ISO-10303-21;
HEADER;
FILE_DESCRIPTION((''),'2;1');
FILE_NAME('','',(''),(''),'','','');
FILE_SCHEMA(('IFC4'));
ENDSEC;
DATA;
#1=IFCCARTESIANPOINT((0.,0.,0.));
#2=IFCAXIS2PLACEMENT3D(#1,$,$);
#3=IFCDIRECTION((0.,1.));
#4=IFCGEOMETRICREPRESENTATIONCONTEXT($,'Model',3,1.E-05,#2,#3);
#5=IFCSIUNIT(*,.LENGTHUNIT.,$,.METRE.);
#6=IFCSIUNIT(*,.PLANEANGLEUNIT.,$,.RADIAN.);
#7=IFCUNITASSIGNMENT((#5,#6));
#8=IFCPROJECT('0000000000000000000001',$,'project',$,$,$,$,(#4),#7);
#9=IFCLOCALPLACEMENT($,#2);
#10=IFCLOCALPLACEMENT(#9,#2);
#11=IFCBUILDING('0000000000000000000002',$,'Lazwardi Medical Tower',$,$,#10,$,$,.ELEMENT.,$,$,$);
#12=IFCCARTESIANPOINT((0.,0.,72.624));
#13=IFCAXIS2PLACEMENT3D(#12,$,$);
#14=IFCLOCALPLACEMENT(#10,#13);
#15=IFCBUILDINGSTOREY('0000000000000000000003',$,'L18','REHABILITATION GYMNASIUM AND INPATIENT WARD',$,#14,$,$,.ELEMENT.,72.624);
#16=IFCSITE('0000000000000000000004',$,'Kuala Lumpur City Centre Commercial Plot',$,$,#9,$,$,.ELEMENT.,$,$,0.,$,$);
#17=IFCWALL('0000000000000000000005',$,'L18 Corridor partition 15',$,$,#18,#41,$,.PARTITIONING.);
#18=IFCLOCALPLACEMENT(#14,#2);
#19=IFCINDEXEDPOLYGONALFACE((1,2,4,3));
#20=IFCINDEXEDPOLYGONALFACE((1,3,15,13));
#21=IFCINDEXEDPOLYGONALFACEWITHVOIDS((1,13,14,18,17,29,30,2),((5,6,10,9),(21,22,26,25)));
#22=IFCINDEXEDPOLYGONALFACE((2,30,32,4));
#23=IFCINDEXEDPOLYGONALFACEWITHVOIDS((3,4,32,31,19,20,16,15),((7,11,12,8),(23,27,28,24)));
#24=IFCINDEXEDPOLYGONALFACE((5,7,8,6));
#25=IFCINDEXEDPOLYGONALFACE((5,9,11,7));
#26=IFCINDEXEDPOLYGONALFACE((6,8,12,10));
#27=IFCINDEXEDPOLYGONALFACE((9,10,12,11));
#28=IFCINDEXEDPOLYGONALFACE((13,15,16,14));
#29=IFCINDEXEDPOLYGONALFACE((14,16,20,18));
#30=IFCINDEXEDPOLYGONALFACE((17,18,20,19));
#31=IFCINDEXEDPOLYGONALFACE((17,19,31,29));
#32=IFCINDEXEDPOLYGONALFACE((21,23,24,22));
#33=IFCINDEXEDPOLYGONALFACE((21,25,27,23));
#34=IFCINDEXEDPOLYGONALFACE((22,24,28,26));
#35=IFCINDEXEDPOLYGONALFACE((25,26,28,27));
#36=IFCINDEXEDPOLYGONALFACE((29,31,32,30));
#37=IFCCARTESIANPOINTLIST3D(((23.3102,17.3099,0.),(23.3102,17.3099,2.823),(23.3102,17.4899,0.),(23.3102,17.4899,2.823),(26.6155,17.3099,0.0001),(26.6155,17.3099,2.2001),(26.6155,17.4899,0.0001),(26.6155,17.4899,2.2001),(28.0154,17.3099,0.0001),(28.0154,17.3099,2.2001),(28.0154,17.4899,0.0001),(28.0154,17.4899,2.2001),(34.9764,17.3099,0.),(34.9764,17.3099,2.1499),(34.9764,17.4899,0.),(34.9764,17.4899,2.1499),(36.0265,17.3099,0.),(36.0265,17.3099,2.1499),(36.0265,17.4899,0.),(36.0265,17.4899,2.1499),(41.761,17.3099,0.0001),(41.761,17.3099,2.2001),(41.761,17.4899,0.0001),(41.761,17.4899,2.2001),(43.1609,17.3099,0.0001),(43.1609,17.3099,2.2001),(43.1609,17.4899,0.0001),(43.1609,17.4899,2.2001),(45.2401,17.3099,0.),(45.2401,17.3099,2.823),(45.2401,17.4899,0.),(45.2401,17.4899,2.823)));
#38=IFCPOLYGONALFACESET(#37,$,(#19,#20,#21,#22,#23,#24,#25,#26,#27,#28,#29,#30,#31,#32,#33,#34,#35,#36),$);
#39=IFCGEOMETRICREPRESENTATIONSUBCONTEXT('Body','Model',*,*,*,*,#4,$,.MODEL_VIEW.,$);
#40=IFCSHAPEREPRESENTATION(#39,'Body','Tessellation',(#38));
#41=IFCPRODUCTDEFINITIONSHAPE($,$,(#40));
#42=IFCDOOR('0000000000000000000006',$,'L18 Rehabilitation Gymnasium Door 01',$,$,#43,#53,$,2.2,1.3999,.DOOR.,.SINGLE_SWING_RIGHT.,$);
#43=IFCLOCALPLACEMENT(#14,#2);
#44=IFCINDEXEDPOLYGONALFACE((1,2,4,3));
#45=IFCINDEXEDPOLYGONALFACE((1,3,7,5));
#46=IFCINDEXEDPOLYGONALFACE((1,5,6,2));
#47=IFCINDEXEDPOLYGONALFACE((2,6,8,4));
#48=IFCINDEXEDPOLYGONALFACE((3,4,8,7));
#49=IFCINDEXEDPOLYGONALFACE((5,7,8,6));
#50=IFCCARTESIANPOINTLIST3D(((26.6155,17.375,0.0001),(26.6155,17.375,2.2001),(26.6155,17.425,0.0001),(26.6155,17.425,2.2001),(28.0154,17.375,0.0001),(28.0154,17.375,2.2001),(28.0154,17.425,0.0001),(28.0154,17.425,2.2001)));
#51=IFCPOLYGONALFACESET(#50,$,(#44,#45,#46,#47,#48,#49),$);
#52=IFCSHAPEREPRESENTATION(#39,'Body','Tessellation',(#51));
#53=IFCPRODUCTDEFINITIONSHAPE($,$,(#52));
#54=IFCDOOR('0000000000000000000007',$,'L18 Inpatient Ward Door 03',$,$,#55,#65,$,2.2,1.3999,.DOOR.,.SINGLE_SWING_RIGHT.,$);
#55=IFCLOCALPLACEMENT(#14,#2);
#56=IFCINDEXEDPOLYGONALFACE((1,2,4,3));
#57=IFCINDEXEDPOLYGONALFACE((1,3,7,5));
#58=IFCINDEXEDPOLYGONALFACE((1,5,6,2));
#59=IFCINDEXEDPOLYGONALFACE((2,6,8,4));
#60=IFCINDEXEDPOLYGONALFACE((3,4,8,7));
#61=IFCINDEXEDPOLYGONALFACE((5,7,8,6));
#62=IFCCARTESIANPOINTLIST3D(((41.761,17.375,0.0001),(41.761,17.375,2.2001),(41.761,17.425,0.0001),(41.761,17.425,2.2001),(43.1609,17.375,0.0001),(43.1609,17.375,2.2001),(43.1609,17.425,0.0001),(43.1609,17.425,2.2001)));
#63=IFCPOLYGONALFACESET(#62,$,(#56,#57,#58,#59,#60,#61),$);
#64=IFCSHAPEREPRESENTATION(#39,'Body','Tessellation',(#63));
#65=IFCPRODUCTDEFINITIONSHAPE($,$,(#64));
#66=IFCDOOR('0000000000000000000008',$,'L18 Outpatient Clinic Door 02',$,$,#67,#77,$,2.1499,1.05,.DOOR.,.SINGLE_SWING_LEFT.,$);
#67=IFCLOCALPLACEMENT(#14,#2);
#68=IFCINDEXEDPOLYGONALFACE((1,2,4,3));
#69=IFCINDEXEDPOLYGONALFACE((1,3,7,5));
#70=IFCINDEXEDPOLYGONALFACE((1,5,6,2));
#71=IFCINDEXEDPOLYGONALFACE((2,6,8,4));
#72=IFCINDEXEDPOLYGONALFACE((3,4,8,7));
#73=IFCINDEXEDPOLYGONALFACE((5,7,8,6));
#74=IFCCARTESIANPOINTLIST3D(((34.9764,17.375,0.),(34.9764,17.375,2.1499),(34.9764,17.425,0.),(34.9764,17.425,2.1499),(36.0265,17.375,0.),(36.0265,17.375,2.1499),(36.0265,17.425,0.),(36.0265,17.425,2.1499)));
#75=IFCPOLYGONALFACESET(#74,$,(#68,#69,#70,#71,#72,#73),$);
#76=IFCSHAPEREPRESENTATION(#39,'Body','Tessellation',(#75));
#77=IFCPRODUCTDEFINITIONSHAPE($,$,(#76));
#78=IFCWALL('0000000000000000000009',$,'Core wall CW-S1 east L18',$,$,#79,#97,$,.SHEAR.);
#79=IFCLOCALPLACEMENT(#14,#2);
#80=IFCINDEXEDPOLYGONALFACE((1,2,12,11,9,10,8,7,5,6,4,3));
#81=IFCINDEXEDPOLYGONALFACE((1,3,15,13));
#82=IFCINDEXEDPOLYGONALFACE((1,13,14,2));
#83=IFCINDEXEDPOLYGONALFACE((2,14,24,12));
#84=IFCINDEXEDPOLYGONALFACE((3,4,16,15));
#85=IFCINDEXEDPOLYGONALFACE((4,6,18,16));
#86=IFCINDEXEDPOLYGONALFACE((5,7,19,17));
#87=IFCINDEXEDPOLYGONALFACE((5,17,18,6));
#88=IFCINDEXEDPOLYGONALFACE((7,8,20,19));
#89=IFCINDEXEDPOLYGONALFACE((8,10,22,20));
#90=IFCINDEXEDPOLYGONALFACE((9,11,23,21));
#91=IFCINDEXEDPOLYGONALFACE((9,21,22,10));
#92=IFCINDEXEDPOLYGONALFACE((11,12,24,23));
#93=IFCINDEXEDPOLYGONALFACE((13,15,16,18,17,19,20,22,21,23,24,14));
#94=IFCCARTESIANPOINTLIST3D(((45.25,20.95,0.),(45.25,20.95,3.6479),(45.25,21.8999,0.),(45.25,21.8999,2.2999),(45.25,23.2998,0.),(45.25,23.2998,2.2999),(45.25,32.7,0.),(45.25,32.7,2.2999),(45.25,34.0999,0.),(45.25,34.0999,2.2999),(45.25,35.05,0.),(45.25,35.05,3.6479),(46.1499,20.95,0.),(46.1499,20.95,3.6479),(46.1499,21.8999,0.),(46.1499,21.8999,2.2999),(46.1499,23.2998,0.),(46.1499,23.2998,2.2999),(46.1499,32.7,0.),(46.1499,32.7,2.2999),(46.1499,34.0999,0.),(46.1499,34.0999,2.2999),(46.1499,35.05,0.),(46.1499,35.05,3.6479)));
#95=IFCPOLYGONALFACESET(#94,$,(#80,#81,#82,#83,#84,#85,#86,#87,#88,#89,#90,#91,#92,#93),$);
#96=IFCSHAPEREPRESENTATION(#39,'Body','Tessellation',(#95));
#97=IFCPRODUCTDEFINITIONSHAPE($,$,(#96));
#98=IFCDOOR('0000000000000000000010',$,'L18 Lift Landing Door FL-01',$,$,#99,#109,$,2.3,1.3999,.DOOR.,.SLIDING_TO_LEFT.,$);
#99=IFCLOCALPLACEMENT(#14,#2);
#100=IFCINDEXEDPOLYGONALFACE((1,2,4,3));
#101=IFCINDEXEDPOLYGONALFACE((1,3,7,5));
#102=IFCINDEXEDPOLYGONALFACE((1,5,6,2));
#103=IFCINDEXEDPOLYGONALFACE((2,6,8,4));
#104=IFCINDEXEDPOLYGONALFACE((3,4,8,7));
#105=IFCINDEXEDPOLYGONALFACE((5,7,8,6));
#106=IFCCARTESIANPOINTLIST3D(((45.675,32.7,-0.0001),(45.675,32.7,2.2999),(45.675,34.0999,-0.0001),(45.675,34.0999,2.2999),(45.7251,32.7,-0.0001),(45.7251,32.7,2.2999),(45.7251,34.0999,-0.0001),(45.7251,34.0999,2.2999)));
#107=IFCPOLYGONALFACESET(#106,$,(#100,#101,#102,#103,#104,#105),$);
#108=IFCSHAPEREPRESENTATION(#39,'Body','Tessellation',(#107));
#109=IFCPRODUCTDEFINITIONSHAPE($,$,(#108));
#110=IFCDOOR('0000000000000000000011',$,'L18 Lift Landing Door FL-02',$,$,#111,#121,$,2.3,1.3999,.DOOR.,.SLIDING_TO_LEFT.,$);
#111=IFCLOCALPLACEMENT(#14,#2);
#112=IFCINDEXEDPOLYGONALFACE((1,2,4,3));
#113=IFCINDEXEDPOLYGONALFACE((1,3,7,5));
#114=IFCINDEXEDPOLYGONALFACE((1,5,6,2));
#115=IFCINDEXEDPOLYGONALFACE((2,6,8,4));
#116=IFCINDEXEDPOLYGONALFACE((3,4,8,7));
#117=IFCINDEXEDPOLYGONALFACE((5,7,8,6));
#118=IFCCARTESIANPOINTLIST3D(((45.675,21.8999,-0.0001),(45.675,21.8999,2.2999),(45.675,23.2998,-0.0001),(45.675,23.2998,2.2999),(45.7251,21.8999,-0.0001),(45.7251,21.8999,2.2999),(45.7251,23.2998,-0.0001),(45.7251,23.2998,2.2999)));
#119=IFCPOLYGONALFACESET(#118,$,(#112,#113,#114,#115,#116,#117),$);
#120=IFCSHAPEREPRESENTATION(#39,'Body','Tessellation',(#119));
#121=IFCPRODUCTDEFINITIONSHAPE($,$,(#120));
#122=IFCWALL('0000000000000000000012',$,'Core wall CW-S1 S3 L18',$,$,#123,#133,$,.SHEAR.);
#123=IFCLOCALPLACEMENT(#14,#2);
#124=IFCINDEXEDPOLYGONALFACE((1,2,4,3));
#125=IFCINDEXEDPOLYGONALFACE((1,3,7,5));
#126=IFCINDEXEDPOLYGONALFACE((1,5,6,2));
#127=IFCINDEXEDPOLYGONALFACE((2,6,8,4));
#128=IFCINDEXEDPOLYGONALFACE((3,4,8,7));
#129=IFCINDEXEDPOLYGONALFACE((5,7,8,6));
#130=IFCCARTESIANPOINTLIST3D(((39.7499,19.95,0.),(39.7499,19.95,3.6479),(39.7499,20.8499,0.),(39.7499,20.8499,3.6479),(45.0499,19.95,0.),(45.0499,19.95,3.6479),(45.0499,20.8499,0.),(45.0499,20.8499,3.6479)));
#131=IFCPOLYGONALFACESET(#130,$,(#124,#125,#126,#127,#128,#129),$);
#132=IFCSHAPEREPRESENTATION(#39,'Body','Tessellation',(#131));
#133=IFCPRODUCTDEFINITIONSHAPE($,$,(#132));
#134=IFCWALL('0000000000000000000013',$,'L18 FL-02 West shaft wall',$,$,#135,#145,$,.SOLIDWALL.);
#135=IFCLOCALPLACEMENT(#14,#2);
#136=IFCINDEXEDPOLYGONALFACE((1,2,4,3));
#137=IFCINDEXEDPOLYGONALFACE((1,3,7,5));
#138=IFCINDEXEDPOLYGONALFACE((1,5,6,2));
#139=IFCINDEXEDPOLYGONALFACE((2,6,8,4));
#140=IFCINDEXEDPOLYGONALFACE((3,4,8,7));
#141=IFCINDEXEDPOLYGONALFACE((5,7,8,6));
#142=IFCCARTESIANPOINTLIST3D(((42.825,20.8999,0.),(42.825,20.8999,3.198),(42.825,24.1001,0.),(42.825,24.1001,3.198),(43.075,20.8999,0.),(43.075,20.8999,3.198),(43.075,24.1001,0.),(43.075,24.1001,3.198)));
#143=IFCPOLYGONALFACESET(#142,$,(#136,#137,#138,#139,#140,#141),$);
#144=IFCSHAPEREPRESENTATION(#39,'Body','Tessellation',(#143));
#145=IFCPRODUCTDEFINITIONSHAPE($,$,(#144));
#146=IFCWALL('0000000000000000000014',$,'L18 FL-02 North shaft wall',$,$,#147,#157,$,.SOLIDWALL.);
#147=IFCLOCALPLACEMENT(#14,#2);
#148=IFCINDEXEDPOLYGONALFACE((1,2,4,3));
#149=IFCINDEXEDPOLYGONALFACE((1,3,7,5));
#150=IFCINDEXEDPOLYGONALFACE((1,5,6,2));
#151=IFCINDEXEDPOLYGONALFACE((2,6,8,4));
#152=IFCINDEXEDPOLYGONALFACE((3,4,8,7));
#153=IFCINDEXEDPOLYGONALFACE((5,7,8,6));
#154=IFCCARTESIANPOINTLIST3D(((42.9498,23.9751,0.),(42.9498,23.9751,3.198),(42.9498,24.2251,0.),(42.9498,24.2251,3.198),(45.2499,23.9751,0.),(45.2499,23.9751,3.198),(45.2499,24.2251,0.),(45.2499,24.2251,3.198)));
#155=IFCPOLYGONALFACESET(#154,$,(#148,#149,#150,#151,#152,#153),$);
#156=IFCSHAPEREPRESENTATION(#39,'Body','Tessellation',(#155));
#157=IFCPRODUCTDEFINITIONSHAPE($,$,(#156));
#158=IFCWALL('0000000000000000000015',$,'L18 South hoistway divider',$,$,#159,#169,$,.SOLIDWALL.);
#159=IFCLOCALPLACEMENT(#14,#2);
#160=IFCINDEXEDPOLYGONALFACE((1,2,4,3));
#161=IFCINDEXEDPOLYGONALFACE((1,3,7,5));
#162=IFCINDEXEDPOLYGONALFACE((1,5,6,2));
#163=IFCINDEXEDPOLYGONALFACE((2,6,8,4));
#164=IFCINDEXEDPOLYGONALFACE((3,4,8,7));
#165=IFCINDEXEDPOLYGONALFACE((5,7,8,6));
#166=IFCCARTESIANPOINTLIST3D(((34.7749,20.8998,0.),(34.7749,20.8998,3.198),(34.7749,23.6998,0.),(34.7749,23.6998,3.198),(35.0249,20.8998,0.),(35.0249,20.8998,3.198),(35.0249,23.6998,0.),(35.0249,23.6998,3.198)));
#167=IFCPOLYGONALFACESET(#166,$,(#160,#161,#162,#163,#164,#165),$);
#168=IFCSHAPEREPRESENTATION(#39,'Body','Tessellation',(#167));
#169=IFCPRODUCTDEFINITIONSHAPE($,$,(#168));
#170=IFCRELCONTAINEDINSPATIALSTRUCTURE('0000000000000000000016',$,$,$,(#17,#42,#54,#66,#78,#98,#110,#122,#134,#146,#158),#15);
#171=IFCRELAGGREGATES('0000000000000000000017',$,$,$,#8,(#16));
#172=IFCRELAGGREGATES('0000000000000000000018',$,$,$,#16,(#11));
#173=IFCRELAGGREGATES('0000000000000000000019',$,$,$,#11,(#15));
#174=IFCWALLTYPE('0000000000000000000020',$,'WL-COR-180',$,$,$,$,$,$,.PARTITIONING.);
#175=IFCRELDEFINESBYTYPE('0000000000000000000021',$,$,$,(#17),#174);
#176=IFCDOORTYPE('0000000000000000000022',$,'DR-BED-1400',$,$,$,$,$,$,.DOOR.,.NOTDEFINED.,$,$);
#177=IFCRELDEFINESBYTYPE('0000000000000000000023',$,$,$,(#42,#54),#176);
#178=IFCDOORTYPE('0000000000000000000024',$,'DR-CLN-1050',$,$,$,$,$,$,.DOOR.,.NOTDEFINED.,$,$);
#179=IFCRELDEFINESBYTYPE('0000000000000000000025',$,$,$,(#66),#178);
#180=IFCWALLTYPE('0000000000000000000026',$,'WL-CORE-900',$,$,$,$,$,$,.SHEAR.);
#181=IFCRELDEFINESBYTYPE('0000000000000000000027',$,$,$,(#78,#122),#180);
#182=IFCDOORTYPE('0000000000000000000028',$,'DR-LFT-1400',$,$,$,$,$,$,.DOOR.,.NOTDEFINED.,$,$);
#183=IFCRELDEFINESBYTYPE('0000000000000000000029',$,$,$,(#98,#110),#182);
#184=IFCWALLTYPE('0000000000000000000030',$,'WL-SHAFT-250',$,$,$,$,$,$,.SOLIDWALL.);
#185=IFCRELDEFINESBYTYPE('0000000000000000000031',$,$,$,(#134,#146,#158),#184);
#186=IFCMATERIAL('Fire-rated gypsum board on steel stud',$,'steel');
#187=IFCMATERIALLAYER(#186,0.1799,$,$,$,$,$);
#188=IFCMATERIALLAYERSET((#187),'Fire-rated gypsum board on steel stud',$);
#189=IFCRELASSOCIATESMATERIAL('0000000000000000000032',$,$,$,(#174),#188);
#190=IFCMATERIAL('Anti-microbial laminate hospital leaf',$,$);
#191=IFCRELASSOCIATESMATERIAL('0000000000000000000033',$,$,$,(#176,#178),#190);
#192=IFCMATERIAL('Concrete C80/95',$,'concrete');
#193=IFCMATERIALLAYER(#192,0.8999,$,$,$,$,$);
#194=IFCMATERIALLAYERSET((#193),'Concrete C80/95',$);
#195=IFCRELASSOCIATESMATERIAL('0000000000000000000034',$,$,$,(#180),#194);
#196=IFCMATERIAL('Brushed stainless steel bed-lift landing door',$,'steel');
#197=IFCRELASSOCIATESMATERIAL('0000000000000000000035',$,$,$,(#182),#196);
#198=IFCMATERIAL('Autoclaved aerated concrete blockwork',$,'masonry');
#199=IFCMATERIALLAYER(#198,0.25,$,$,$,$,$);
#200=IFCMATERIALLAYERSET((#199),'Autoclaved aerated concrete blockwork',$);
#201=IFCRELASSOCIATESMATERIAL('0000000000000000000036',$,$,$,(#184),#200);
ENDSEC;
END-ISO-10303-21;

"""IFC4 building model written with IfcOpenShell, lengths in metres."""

from ifc_helpers import new_model, si_unit, direction, frame, frame_2d, origin, place, context, subcontext, project, spatial, rectangle, extrude, material, layer, layer_set, type_object, element, fill, save


model = new_model("IFC4")

# Units and contexts
model_context = context("Model", 3, precision=1e-05, world=origin(), true_north=direction((0.0, 1.0)))
body_context = subcontext(model_context, "Body", "Model", "MODEL_VIEW")
ifc_project = project(units=[si_unit("LENGTHUNIT", "METRE"), si_unit("PLANEANGLEUNIT", "RADIAN")], contexts=[model_context])

# Site, building, storey
site_placement = place(None, origin())
site = spatial("IfcSite", under=ifc_project, at=site_placement, Name="Kuala Lumpur City Centre Commercial Plot", CompositionType="ELEMENT", RefElevation=0.0)
building_placement = place(site_placement, origin())
building = spatial("IfcBuilding", under=site, at=building_placement, Name="Lazwardi Medical Tower", CompositionType="ELEMENT")
storey_placement = place(building_placement, frame((0.0, 0.0, 72.624)))
storey = spatial("IfcBuildingStorey", under=building, at=storey_placement, Name="L18", Description="REHABILITATION GYMNASIUM AND INPATIENT WARD", CompositionType="ELEMENT", Elevation=72.624)

# Shared definitions
ifc_material_1 = material(Name="Concrete C80/95", Category="concrete")

# Shared definitions
ifc_material_2 = material(Name="Fire-rated gypsum board on steel stud", Category="steel")
ifc_layer_1 = layer(ifc_material_2, 0.1799)
ifc_layer_set_1 = layer_set([ifc_layer_1], Name="Fire-rated gypsum board on steel stud")
wall_type_1 = type_object("IfcWallType", Name="WL-COR-180", PredefinedType="PARTITIONING", material=ifc_layer_set_1)

# Walls, openings, doors
wall_1_placement = place(storey_placement, frame((45.24, 17.3999, 0.0), z_axis=(0.0, 0.0, 1.0), x_axis=(-1.0, 0.0, 0.0)))
wall_1 = element("IfcWall", 1, at=wall_1_placement, inside=storey, type_object=wall_type_1, Name="L18 Corridor partition 15", PredefinedType="PARTITIONING", context=body_context, shape_type="SweptSolid", body=[
    extrude(rectangle(XDim=21.9299, YDim=0.1799, at=frame_2d((10.9648, 0.0))), origin(), (0.0, 0.0, 1.0), 2.823),
])
opening_1_placement = place(wall_1_placement, frame((17.2246, 0.0, 0.0)))
opening_1 = element("IfcOpeningElement", 2, at=opening_1_placement, cuts=wall_1, PredefinedType="OPENING", context=body_context, shape_type="SweptSolid", body=[
    extrude(rectangle(XDim=1.3999, YDim=2.2, at=frame_2d((0.7, 1.1001))), frame((0.0, 0.0999, 0.0), z_axis=(0.0, -1.0, 0.0), x_axis=(1.0, 0.0, 0.0)), (0.0, 0.0, 1.0), 0.2),
])
opening_2_placement = place(wall_1_placement, frame((9.2136, 0.0, 0.0)))
opening_2 = element("IfcOpeningElement", 3, at=opening_2_placement, cuts=wall_1, PredefinedType="OPENING", context=body_context, shape_type="SweptSolid", body=[
    extrude(rectangle(XDim=1.05, YDim=2.1499, at=frame_2d((0.5249, 1.075))), frame((0.0, 0.0999, 0.0), z_axis=(0.0, -1.0, 0.0), x_axis=(1.0, 0.0, 0.0)), (0.0, 0.0, 1.0), 0.2),
])
opening_3_placement = place(wall_1_placement, frame((2.0791, 0.0, 0.0)))
opening_3 = element("IfcOpeningElement", 4, at=opening_3_placement, cuts=wall_1, PredefinedType="OPENING", context=body_context, shape_type="SweptSolid", body=[
    extrude(rectangle(XDim=1.3999, YDim=2.2, at=frame_2d((0.7, 1.1001))), frame((0.0, 0.0999, 0.0), z_axis=(0.0, -1.0, 0.0), x_axis=(1.0, 0.0, 0.0)), (0.0, 0.0, 1.0), 0.2),
])
ifc_material_3 = material(Name="Anti-microbial laminate hospital leaf")
door_type_1 = type_object("IfcDoorType", Name="DR-BED-1400", OperationType="NOTDEFINED", PredefinedType="DOOR", material=ifc_material_3)
door_1_placement = place(opening_1_placement, origin())
door_1 = element("IfcDoor", 5, at=door_1_placement, inside=storey, type_object=door_type_1, Name="L18 Rehabilitation Gymnasium Door 01", OperationType="SINGLE_SWING_RIGHT", OverallHeight=2.2, OverallWidth=1.3999, PredefinedType="DOOR", context=body_context, shape_type="SweptSolid", body=[
    extrude(rectangle(XDim=1.3999, YDim=2.2, at=frame_2d((0.7, 1.1001))), frame((0.0, 0.0249, 0.0), z_axis=(0.0, -1.0, 0.0), x_axis=(1.0, 0.0, 0.0)), (0.0, 0.0, 1.0), 0.05),
])
fill(opening_1, door_1)
door_2_placement = place(opening_3_placement, origin())
door_2 = element("IfcDoor", 6, at=door_2_placement, inside=storey, type_object=door_type_1, Name="L18 Inpatient Ward Door 03", OperationType="SINGLE_SWING_RIGHT", OverallHeight=2.2, OverallWidth=1.3999, PredefinedType="DOOR", context=body_context, shape_type="SweptSolid", body=[
    extrude(rectangle(XDim=1.3999, YDim=2.2, at=frame_2d((0.7, 1.1001))), frame((0.0, 0.0249, 0.0), z_axis=(0.0, -1.0, 0.0), x_axis=(1.0, 0.0, 0.0)), (0.0, 0.0, 1.0), 0.05),
])
fill(opening_3, door_2)
door_type_2 = type_object("IfcDoorType", Name="DR-CLN-1050", OperationType="NOTDEFINED", PredefinedType="DOOR", material=ifc_material_3)
door_3_placement = place(opening_2_placement, origin())
door_3 = element("IfcDoor", 7, at=door_3_placement, inside=storey, type_object=door_type_2, Name="L18 Outpatient Clinic Door 02", OperationType="SINGLE_SWING_LEFT", OverallHeight=2.1499, OverallWidth=1.05, PredefinedType="DOOR", context=body_context, shape_type="SweptSolid", body=[
    extrude(rectangle(XDim=1.05, YDim=2.1499, at=frame_2d((0.5249, 1.075))), frame((0.0, 0.0249, 0.0), z_axis=(0.0, -1.0, 0.0), x_axis=(1.0, 0.0, 0.0)), (0.0, 0.0, 1.0), 0.05),
])
fill(opening_2, door_3)
ifc_layer_2 = layer(ifc_material_1, 0.8999)
ifc_layer_set_2 = layer_set([ifc_layer_2], Name="Concrete C80/95")
wall_type_2 = type_object("IfcWallType", Name="WL-CORE-900", PredefinedType="SHEAR", material=ifc_layer_set_2)
wall_2_placement = place(storey_placement, frame((45.7, 20.95, 0.0), z_axis=(0.0, 0.0, 1.0), x_axis=(0.0, 1.0, 0.0)))
wall_2 = element("IfcWall", 8, at=wall_2_placement, inside=storey, type_object=wall_type_2, Name="Core wall CW-S1 east L18", PredefinedType="SHEAR", context=body_context, shape_type="SweptSolid", body=[
    extrude(rectangle(XDim=14.1001, YDim=0.8999, at=frame_2d((7.05, 0.0))), origin(), (0.0, 0.0, 1.0), 3.6479),
])
opening_4_placement = place(wall_2_placement, frame((11.75, 0.0, 0.0)))
opening_4 = element("IfcOpeningElement", 9, at=opening_4_placement, cuts=wall_2, PredefinedType="OPENING", context=body_context, shape_type="SweptSolid", body=[
    extrude(rectangle(XDim=1.3999, YDim=2.3, at=frame_2d((0.7, 1.1499))), frame((0.0, 0.46, 0.0), z_axis=(0.0, -1.0, 0.0), x_axis=(1.0, 0.0, 0.0)), (0.0, 0.0, 1.0), 0.9199),
])
opening_5_placement = place(wall_2_placement, frame((0.95, 0.0, 0.0)))
opening_5 = element("IfcOpeningElement", 10, at=opening_5_placement, cuts=wall_2, PredefinedType="OPENING", context=body_context, shape_type="SweptSolid", body=[
    extrude(rectangle(XDim=1.3999, YDim=2.3, at=frame_2d((0.7, 1.1499))), frame((0.0, 0.46, 0.0), z_axis=(0.0, -1.0, 0.0), x_axis=(1.0, 0.0, 0.0)), (0.0, 0.0, 1.0), 0.9199),
])
ifc_material_4 = material(Name="Brushed stainless steel bed-lift landing door", Category="steel")
door_type_3 = type_object("IfcDoorType", Name="DR-LFT-1400", OperationType="NOTDEFINED", PredefinedType="DOOR", material=ifc_material_4)
door_4_placement = place(opening_4_placement, origin())
door_4 = element("IfcDoor", 11, at=door_4_placement, inside=storey, type_object=door_type_3, Name="L18 Lift Landing Door FL-01", OperationType="SLIDING_TO_LEFT", OverallHeight=2.3, OverallWidth=1.3999, PredefinedType="DOOR", context=body_context, shape_type="SweptSolid", body=[
    extrude(rectangle(XDim=1.3999, YDim=2.3, at=frame_2d((0.7, 1.1499))), frame((0.0, 0.0249, 0.0), z_axis=(0.0, -1.0, 0.0), x_axis=(1.0, 0.0, 0.0)), (0.0, 0.0, 1.0), 0.05),
])
fill(opening_4, door_4)
door_5_placement = place(opening_5_placement, origin())
door_5 = element("IfcDoor", 12, at=door_5_placement, inside=storey, type_object=door_type_3, Name="L18 Lift Landing Door FL-02", OperationType="SLIDING_TO_LEFT", OverallHeight=2.3, OverallWidth=1.3999, PredefinedType="DOOR", context=body_context, shape_type="SweptSolid", body=[
    extrude(rectangle(XDim=1.3999, YDim=2.3, at=frame_2d((0.7, 1.1499))), frame((0.0, 0.0249, 0.0), z_axis=(0.0, -1.0, 0.0), x_axis=(1.0, 0.0, 0.0)), (0.0, 0.0, 1.0), 0.05),
])
fill(opening_5, door_5)

# Walls
wall_3_placement = place(storey_placement, frame((39.75, 20.3999, 0.0), z_axis=(0.0, 0.0, 1.0), x_axis=(1.0, 0.0, 0.0)))
element("IfcWall", 13, at=wall_3_placement, inside=storey, type_object=wall_type_2, Name="Core wall CW-S1 S3 L18", PredefinedType="SHEAR", context=body_context, shape_type="SweptSolid", body=[
    extrude(rectangle(XDim=5.3, YDim=0.8999, at=frame_2d((2.6499, 0.0))), origin(), (0.0, 0.0, 1.0), 3.6479),
])
ifc_material_5 = material(Name="Autoclaved aerated concrete blockwork", Category="masonry")
ifc_layer_3 = layer(ifc_material_5, 0.25)
ifc_layer_set_3 = layer_set([ifc_layer_3], Name="Autoclaved aerated concrete blockwork")
wall_type_3 = type_object("IfcWallType", Name="WL-SHAFT-250", PredefinedType="SOLIDWALL", material=ifc_layer_set_3)
wall_4_placement = place(storey_placement, frame((42.95, 20.8999, 0.0), z_axis=(0.0, 0.0, 1.0), x_axis=(0.0, 1.0, 0.0)))
element("IfcWall", 14, at=wall_4_placement, inside=storey, type_object=wall_type_3, Name="L18 FL-02 West shaft wall", PredefinedType="SOLIDWALL", context=body_context, shape_type="SweptSolid", body=[
    extrude(rectangle(XDim=3.2002, YDim=0.25, at=frame_2d((1.6001, 0.0))), origin(), (0.0, 0.0, 1.0), 3.198),
])
wall_5_placement = place(storey_placement, frame((42.95, 24.1001, 0.0), z_axis=(0.0, 0.0, 1.0), x_axis=(1.0, 0.0, 0.0)))
element("IfcWall", 15, at=wall_5_placement, inside=storey, type_object=wall_type_3, Name="L18 FL-02 North shaft wall", PredefinedType="SOLIDWALL", context=body_context, shape_type="SweptSolid", body=[
    extrude(rectangle(XDim=2.3, YDim=0.25, at=frame_2d((1.1499, 0.0))), origin(), (0.0, 0.0, 1.0), 3.198),
])
for number, where, z_axis, x_axis, name in (
    (16, (34.8999, 20.8999, 0.0), (0.0, 0.0, 1.0), (0.0, 1.0, 0.0), "L18 South hoistway divider"),
):
    element("IfcWall", number, at=place(storey_placement, frame(where, z_axis=z_axis, x_axis=x_axis)), inside=storey, type_object=wall_type_3, Name=name, PredefinedType="SOLIDWALL", context=body_context, shape_type="SweptSolid", body=[
        extrude(rectangle(XDim=2.8, YDim=0.25, at=frame_2d((1.3999, 0.0))), origin(), (0.0, 0.0, 1.0), 3.198),
    ])

save(model, "model.ifc")
